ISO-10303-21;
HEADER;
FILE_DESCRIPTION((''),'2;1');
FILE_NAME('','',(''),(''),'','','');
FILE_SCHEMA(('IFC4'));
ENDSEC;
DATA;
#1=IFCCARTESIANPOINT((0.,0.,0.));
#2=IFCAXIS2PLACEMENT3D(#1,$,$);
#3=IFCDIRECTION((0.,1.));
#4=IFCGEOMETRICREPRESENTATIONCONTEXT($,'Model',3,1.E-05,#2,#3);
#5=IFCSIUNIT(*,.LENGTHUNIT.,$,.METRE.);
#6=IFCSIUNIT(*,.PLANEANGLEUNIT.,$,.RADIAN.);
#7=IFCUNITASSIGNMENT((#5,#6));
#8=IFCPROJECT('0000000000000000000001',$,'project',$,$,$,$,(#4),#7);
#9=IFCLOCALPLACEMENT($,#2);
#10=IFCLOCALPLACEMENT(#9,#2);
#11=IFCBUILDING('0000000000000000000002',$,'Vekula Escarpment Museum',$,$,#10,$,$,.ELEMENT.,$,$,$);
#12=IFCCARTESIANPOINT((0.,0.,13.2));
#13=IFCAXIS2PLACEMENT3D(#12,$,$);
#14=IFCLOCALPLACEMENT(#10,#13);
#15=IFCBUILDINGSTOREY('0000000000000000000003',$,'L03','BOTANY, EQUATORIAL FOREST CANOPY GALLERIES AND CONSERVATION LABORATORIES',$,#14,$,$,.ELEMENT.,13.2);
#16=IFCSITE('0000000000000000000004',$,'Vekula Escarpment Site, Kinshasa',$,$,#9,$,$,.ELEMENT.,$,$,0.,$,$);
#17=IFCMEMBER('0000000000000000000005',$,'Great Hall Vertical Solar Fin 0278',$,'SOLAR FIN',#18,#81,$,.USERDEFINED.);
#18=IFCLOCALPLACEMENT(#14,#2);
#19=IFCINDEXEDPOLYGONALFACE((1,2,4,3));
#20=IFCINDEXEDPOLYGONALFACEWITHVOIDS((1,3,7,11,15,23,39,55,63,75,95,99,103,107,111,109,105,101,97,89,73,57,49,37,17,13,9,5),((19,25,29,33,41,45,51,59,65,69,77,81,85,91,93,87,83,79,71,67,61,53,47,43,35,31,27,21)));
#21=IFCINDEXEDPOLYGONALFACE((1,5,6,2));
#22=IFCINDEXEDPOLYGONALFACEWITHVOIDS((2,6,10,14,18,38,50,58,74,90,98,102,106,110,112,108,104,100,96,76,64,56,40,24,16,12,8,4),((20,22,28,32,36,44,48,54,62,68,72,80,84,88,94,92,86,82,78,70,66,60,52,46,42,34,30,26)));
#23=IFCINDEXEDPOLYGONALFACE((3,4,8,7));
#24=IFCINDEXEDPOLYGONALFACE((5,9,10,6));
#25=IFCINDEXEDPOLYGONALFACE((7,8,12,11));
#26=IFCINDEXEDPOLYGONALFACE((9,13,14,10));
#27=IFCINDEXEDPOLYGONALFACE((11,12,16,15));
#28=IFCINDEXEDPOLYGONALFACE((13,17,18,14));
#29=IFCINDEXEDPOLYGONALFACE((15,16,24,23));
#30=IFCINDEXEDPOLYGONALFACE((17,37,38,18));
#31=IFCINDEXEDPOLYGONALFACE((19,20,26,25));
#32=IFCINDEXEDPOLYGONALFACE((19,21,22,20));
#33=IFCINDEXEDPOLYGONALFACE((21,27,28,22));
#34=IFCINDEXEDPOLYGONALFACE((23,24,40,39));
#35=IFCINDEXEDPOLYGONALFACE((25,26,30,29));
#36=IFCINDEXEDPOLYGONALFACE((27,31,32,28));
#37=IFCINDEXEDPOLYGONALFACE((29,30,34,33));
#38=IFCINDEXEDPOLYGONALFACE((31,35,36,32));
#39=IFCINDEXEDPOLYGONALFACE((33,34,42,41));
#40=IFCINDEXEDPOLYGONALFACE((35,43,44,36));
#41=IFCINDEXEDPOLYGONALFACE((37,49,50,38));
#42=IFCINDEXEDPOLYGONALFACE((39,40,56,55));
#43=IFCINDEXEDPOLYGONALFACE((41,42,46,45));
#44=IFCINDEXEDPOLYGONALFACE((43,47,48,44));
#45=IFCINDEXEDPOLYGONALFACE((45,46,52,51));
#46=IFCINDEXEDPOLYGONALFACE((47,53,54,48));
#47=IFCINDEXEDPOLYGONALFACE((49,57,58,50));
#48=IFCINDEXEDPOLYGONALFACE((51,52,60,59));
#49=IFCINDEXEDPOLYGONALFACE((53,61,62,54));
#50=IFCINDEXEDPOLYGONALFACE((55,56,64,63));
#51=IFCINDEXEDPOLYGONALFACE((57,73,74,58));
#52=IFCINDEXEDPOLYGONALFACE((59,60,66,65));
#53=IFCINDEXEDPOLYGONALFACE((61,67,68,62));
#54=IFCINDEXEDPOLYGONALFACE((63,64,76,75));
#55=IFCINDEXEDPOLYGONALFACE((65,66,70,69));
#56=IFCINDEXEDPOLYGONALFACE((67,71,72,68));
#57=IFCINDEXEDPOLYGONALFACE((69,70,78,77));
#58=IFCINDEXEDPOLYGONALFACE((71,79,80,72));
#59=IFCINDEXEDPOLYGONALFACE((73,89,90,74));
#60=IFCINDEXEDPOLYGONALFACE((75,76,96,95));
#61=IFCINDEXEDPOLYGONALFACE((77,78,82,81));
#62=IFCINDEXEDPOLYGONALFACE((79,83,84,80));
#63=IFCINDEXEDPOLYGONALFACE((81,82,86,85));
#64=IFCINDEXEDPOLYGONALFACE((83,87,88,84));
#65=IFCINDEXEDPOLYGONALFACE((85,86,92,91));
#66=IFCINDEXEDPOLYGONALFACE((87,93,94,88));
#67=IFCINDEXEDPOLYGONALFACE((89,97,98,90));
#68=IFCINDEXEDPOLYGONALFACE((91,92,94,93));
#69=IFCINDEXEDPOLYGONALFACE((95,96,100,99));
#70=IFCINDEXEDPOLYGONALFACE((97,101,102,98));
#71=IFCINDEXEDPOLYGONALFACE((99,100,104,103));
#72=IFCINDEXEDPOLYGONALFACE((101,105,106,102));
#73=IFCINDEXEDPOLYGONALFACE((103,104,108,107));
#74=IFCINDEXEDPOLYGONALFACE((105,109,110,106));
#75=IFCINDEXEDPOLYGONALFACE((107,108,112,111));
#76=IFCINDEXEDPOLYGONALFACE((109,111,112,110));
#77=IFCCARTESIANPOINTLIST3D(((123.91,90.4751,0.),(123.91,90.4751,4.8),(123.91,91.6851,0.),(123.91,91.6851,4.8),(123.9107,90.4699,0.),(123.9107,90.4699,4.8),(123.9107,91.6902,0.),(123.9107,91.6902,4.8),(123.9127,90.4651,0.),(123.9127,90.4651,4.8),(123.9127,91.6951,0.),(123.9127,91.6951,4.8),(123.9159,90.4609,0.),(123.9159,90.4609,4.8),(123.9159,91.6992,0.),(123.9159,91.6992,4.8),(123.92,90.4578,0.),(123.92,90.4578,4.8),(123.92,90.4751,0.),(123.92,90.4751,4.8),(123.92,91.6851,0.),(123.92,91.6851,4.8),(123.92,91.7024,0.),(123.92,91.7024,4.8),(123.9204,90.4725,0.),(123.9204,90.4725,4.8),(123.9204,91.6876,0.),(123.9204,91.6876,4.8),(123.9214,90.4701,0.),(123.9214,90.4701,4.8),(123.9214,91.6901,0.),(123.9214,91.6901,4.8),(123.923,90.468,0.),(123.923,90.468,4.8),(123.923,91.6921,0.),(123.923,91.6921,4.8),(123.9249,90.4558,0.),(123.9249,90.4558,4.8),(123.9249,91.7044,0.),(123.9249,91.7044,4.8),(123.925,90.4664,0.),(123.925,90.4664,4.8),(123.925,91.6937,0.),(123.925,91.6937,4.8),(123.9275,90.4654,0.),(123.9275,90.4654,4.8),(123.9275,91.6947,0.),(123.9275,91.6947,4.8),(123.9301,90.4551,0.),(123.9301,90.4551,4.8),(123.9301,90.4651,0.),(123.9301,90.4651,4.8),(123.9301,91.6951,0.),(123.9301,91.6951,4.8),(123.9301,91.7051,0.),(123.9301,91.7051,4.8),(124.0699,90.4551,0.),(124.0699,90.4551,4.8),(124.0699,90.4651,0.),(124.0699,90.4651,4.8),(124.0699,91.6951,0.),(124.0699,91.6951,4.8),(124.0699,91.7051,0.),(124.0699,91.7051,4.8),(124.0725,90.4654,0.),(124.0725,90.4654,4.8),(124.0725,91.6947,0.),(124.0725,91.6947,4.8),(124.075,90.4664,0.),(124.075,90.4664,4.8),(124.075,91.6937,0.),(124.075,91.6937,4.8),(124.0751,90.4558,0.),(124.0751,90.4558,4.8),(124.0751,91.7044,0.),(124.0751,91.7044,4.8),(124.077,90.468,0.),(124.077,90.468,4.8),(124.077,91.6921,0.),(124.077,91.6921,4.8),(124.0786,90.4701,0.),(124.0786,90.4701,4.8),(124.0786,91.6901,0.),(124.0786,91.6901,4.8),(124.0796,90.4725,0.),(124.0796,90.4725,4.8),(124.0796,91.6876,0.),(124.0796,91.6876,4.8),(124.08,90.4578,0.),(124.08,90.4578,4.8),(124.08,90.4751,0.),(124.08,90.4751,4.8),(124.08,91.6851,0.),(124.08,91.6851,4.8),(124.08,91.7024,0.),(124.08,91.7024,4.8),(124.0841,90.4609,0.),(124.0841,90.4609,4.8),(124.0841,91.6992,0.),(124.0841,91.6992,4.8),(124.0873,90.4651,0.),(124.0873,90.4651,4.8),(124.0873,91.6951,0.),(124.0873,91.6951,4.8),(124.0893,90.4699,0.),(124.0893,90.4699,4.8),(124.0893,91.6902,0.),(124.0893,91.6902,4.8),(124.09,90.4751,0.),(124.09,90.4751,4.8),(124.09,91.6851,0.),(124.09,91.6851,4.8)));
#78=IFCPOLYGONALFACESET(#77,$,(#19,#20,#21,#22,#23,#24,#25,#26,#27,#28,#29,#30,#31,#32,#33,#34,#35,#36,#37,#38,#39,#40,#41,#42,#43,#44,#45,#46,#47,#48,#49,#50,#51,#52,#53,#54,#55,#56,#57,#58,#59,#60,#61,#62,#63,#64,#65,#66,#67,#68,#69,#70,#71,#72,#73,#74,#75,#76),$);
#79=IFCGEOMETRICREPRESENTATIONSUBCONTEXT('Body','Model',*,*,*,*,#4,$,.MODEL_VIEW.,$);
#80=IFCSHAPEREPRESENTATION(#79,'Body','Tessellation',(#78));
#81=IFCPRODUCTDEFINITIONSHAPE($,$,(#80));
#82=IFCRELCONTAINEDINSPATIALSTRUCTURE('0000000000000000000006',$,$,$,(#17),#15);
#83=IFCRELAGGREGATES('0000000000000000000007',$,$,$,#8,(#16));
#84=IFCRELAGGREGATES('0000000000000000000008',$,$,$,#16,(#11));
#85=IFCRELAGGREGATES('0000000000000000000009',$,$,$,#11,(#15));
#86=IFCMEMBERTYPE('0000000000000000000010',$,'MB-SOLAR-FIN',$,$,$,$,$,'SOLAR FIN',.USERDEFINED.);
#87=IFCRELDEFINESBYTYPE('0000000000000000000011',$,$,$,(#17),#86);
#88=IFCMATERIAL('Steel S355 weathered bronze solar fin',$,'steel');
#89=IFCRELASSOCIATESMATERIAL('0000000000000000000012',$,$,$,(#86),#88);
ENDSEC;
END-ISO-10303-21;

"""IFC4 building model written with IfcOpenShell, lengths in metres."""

from ifc_helpers import new_model, si_unit, direction, frame, origin, origin_2d, place, context, subcontext, project, spatial, hollow_rectangle, extrude, material, material_profile, profile_set, type_object, element, save


model = new_model("IFC4")

# Units and contexts
model_context = context("Model", 3, precision=1e-05, world=origin(), true_north=direction((0.0, 1.0)))
body_context = subcontext(model_context, "Body", "Model", "MODEL_VIEW")
ifc_project = project(units=[si_unit("LENGTHUNIT", "METRE"), si_unit("PLANEANGLEUNIT", "RADIAN")], contexts=[model_context])

# Site, building, storey
site_placement = place(None, origin())
site = spatial("IfcSite", under=ifc_project, at=site_placement, Name="Vekula Escarpment Site, Kinshasa", CompositionType="ELEMENT", RefElevation=0.0)
building_placement = place(site_placement, origin())
building = spatial("IfcBuilding", under=site, at=building_placement, Name="Vekula Escarpment Museum", CompositionType="ELEMENT")
storey_placement = place(building_placement, frame((0.0, 0.0, 13.2)))
storey = spatial("IfcBuildingStorey", under=building, at=storey_placement, Name="L03", Description="BOTANY, EQUATORIAL FOREST CANOPY GALLERIES AND CONSERVATION LABORATORIES", CompositionType="ELEMENT", Elevation=13.2)

# Member
ifc_material_1 = material(Name="Steel S355 weathered bronze solar fin", Category="steel")
ifc_material_profile_1 = material_profile(ifc_material_1, hollow_rectangle(XDim=0.1799, YDim=1.25, WallThickness=0.01, InnerFilletRadius=0.01, OuterFilletRadius=0.02, at=origin_2d()), Name="RHS 1250x180x10")
ifc_profile_set_1 = profile_set([ifc_material_profile_1], Name="Steel S355 weathered bronze solar fin")
member_type = type_object("IfcMemberType", Name="MB-SOLAR-FIN", ElementType="SOLAR FIN", PredefinedType="USERDEFINED", material=ifc_profile_set_1)
for number, where, z_axis, x_axis, name in (
    (1, (124.0, 91.0801, 0.0), (0.0, 0.0, 1.0), (1.0, 0.0, 0.0), "Great Hall Vertical Solar Fin 0278"),
):
    element("IfcMember", number, at=place(storey_placement, frame(where, z_axis=z_axis, x_axis=x_axis)), inside=storey, type_object=member_type, Name=name, ObjectType="SOLAR FIN", PredefinedType="USERDEFINED", context=body_context, shape_type="SweptSolid", body=[
        extrude(hollow_rectangle(XDim=0.1799, YDim=1.25, WallThickness=0.01, InnerFilletRadius=0.01, OuterFilletRadius=0.02, at=origin_2d()), origin(), (0.0, 0.0, 1.0), 4.8),
    ])

save(model, "model.ifc")
